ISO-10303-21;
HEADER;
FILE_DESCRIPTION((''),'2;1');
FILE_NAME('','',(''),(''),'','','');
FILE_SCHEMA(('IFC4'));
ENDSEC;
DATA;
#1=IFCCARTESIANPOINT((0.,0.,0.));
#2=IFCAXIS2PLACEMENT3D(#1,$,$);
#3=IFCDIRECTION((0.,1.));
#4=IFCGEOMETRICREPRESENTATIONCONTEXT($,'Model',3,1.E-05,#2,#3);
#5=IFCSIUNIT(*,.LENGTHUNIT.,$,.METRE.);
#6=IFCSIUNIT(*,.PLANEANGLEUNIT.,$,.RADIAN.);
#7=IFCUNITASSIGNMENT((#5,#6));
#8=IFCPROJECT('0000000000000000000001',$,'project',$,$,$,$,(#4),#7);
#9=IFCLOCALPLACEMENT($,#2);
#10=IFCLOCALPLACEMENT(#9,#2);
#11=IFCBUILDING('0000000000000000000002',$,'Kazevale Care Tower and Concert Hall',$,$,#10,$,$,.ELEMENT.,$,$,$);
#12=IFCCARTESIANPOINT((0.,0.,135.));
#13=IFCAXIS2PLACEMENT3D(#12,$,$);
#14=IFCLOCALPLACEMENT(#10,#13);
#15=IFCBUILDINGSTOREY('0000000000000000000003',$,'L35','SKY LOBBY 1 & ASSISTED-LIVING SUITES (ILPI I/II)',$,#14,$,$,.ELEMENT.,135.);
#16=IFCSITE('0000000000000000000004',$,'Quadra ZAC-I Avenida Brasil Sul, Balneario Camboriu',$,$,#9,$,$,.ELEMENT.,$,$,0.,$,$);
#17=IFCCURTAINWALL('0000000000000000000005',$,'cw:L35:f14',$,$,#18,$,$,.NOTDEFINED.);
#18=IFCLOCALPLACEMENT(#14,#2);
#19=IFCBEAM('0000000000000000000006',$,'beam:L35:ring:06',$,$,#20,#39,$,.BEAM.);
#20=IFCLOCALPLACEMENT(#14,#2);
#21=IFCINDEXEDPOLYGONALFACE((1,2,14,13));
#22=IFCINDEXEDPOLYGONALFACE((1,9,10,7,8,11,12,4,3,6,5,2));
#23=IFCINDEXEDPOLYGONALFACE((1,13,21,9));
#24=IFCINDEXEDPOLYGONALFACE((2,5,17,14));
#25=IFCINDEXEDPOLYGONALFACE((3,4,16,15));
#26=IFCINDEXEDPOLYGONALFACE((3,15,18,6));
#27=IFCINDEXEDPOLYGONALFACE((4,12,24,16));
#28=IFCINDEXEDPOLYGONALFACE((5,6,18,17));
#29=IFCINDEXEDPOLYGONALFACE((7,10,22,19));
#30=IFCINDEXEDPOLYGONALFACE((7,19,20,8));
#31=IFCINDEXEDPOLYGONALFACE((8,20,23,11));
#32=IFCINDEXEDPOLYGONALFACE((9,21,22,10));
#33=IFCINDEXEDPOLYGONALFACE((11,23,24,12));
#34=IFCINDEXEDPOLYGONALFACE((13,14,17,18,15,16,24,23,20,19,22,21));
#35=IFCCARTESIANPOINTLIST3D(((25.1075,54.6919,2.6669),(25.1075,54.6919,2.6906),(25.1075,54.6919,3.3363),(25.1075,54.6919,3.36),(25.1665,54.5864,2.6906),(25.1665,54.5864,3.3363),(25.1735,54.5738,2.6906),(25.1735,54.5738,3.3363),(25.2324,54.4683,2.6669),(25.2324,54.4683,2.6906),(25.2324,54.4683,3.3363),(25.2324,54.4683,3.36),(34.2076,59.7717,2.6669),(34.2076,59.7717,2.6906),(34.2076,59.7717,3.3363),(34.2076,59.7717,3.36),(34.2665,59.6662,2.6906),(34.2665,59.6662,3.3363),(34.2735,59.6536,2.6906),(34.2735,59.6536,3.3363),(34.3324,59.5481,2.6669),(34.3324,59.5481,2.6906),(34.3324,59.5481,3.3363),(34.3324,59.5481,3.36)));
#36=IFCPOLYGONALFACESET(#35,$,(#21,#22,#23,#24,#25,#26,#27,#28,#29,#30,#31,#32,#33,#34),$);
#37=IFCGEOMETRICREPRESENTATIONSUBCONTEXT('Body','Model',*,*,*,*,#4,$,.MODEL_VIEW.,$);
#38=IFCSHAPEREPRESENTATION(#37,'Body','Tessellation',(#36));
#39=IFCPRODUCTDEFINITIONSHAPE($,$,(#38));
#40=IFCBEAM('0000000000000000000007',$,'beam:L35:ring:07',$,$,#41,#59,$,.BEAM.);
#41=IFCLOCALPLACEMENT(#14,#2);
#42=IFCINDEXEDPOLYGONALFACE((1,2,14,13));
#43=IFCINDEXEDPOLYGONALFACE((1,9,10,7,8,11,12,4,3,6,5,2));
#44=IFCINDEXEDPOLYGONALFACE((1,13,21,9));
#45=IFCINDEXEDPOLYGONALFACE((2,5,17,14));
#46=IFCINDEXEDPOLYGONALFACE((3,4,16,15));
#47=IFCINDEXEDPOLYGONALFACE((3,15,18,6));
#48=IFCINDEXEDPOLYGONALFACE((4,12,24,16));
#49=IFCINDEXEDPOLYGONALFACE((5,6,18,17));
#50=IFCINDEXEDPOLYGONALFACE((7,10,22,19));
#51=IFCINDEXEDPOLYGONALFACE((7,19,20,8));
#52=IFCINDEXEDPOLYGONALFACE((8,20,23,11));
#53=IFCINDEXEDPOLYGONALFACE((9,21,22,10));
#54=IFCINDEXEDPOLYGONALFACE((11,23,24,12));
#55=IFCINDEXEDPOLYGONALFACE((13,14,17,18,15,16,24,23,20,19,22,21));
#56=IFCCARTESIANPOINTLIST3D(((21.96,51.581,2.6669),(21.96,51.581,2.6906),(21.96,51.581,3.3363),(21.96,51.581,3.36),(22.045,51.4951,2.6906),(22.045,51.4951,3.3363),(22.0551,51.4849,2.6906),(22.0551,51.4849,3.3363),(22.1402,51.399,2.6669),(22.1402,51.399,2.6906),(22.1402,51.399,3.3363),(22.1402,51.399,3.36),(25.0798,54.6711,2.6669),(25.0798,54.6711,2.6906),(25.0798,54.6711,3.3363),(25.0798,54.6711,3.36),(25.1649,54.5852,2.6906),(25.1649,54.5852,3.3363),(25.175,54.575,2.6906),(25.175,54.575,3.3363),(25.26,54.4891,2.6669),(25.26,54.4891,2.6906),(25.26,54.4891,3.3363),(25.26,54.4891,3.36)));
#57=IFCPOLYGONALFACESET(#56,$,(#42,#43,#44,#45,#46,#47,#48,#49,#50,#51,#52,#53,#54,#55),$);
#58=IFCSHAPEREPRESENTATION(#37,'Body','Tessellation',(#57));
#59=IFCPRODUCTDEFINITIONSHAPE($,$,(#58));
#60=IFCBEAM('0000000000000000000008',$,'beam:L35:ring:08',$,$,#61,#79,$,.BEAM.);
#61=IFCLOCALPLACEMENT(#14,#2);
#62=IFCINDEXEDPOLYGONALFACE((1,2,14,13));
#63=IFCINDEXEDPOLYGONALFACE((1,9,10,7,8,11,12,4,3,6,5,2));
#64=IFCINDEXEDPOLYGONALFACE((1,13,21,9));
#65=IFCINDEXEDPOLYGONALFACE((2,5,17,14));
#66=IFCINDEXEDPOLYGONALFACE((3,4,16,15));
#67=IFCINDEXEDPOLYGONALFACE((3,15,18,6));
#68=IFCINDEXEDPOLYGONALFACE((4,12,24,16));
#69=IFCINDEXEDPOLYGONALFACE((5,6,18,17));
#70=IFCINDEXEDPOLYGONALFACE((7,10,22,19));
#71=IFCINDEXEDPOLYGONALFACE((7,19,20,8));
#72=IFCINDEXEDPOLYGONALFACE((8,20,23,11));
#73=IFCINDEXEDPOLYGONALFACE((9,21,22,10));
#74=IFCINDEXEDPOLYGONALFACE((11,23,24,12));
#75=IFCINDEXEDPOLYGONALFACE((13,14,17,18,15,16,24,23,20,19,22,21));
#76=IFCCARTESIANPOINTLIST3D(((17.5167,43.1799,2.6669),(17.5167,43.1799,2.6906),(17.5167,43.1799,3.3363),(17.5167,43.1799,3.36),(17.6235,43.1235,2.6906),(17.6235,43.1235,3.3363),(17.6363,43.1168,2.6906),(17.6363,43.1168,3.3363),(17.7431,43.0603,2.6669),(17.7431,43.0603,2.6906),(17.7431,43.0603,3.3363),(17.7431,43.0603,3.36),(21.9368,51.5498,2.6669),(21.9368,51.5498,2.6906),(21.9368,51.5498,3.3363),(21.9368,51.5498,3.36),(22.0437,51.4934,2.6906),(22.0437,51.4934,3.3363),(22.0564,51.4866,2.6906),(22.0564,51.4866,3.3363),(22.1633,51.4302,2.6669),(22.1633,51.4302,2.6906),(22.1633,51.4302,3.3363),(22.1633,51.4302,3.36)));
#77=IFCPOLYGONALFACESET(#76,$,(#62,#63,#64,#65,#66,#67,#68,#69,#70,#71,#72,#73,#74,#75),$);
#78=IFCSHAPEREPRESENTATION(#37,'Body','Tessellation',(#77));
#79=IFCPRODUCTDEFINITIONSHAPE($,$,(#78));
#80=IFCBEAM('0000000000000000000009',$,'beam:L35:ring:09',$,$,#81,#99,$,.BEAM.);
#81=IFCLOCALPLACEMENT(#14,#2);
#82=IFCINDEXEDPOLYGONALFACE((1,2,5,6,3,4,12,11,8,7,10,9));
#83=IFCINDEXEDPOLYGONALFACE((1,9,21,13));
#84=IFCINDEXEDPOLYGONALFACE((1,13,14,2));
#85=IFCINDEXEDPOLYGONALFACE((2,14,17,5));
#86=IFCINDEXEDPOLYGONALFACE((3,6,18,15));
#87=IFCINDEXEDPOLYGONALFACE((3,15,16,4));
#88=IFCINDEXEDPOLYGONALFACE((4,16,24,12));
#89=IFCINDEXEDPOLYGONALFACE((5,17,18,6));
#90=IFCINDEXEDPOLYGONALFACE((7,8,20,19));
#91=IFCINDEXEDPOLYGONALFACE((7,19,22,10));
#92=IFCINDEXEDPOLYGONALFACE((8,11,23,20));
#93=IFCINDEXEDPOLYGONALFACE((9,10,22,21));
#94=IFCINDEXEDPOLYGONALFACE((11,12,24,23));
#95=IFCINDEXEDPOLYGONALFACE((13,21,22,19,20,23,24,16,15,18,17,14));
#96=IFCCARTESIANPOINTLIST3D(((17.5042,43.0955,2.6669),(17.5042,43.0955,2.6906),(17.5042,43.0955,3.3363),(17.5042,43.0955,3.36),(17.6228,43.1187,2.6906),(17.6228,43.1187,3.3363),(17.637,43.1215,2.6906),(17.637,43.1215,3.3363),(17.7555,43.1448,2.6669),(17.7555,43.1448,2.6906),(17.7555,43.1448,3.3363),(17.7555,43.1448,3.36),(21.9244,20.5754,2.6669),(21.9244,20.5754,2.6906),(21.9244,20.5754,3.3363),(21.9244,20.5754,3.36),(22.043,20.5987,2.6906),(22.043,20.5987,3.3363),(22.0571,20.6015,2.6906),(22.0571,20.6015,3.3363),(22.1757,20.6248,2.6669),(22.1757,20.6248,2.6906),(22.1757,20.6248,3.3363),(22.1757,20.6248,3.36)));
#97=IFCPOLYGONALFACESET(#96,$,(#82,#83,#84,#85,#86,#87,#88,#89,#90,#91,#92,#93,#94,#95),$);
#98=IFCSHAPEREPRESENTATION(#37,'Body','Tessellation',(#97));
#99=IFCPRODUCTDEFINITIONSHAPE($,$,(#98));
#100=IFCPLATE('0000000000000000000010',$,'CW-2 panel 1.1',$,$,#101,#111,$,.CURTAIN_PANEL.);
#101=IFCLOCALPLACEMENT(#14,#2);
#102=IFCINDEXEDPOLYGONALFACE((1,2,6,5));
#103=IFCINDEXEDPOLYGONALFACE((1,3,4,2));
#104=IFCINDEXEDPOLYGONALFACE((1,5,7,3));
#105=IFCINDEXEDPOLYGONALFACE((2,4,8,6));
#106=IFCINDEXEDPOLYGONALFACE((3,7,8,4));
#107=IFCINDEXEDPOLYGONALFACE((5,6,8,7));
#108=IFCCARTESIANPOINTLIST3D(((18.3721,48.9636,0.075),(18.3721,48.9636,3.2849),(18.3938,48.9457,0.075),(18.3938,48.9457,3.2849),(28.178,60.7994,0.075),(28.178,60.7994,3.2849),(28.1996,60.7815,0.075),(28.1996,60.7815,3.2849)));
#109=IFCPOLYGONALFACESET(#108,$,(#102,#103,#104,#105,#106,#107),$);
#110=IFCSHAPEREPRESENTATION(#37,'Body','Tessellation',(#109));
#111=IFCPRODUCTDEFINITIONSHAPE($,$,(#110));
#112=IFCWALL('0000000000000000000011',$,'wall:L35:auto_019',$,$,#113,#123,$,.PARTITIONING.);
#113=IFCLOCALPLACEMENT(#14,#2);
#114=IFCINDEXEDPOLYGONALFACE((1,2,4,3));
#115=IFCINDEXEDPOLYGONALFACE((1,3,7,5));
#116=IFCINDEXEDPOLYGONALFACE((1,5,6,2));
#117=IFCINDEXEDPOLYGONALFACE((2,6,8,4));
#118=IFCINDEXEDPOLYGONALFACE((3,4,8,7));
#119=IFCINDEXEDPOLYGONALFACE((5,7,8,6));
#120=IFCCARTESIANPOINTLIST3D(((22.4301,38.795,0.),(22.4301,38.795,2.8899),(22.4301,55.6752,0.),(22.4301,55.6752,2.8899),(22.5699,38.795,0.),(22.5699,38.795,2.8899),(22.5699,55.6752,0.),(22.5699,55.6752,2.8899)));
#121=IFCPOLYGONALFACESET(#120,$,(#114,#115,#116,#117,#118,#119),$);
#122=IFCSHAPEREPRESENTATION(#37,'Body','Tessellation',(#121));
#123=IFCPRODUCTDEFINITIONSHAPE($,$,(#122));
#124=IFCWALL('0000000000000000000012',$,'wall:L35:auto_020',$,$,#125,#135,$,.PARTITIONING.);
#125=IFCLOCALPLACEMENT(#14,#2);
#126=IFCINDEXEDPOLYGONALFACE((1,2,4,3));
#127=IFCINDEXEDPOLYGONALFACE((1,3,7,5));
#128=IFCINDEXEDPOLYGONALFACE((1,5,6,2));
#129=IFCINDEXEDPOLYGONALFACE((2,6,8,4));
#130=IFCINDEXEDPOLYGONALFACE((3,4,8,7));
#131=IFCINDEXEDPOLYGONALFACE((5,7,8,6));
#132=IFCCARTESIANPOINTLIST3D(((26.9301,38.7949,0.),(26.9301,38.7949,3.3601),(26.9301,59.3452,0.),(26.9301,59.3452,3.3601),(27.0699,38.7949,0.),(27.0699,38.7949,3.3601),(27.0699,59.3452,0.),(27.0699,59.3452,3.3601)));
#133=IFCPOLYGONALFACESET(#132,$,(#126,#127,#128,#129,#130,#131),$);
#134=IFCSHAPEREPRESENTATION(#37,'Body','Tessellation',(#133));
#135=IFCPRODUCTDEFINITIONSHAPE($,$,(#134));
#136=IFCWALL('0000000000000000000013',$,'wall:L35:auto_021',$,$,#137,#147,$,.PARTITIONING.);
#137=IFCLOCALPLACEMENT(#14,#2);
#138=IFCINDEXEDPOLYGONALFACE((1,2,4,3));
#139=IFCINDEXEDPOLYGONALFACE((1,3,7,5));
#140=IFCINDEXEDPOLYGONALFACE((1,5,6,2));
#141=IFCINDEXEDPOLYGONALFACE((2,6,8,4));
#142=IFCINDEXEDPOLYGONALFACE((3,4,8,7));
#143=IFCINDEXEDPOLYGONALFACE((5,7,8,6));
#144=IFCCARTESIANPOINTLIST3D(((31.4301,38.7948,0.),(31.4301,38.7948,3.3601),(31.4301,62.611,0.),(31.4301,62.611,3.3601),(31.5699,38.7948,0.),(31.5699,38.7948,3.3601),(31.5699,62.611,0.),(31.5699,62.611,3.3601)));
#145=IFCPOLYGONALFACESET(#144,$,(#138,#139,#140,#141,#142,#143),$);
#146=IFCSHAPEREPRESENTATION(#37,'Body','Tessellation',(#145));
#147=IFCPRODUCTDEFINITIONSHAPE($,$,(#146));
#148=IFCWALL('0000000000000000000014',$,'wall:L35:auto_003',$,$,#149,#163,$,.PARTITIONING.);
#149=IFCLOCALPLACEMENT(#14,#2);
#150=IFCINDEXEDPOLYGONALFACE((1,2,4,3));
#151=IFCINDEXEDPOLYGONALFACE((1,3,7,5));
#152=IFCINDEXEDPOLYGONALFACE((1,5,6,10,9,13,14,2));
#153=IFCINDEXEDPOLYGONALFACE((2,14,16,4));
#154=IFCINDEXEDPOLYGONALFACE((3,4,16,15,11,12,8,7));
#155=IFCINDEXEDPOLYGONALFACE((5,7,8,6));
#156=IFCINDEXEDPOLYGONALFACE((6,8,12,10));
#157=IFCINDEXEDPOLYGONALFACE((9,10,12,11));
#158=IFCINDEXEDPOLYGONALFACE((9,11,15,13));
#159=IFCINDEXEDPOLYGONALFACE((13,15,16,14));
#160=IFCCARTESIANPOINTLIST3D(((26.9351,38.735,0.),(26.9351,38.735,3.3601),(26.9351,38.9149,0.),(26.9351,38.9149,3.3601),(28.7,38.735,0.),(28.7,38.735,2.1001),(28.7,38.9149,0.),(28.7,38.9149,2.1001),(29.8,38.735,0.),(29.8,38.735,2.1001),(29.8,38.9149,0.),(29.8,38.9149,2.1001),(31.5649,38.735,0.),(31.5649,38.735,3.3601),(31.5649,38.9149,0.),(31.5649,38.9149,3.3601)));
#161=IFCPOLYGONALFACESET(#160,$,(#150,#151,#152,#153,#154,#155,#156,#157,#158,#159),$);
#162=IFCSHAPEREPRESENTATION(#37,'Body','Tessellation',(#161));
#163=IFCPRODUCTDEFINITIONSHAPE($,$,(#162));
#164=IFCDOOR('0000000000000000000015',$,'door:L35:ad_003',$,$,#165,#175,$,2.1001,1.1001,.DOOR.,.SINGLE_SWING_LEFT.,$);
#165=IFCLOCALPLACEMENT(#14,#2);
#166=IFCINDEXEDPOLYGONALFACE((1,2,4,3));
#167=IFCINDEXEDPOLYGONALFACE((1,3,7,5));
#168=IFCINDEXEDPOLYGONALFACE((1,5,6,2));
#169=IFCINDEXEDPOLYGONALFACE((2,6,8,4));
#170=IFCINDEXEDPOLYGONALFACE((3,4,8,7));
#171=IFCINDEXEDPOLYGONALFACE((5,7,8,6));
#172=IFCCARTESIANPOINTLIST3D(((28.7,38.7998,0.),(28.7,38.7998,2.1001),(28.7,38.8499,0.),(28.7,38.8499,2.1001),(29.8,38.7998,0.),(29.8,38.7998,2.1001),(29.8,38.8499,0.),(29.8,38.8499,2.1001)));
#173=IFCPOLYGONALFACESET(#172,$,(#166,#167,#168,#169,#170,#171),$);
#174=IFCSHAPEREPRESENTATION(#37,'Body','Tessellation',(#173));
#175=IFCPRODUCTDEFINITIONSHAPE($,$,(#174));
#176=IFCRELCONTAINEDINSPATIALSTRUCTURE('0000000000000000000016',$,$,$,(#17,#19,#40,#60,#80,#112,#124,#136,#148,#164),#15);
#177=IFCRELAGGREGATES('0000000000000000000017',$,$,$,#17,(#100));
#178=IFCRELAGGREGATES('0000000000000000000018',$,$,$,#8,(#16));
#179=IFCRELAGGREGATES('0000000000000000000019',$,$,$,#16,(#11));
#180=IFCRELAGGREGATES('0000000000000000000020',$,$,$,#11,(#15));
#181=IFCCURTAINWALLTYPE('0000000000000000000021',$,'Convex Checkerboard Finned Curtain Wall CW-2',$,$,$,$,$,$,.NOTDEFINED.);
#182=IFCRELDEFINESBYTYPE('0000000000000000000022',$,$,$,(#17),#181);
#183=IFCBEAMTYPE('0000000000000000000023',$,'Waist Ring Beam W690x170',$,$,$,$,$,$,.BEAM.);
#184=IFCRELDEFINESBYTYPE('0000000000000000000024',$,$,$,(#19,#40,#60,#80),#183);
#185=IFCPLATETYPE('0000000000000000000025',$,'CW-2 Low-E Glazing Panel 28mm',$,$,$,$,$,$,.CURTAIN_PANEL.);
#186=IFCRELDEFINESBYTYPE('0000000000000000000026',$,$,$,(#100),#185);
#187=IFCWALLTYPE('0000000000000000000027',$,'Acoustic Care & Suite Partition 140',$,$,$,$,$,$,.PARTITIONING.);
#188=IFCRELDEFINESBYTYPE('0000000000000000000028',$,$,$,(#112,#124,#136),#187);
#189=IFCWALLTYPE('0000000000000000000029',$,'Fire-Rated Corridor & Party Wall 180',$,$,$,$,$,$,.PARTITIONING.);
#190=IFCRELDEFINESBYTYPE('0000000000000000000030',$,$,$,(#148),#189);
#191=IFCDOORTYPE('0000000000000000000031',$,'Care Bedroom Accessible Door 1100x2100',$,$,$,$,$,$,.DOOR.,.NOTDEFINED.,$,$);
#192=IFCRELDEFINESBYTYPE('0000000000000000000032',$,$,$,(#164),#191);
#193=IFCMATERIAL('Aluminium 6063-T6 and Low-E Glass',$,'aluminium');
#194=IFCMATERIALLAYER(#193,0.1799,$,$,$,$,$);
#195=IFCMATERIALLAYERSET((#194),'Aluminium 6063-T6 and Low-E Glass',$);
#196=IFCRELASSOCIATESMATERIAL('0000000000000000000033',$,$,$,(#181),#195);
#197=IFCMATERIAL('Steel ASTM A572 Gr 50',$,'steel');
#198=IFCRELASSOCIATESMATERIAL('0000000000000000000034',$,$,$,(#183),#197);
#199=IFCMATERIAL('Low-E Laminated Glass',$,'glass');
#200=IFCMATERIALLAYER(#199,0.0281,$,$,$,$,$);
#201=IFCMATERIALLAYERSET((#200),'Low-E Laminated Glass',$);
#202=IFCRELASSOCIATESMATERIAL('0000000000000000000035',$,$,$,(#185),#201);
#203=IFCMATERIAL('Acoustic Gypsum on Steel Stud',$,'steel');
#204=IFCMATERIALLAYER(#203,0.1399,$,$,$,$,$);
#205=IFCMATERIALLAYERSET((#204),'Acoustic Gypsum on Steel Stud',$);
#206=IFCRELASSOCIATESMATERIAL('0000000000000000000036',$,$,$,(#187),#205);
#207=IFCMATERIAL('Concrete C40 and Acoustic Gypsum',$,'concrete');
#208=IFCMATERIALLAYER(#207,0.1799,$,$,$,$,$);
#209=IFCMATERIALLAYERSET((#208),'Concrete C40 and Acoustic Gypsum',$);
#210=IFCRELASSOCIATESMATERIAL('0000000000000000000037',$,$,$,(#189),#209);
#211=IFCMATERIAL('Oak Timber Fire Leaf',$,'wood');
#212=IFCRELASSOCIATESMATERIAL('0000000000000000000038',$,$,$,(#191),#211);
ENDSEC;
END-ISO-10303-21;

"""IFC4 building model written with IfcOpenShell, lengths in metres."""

from ifc_helpers import new_model, si_unit, direction, frame, frame_2d, origin, origin_2d, place, context, subcontext, project, spatial, rectangle, i_section, extrude, material, layer, layer_set, material_profile, profile_set, type_object, element, fill, aggregate, save


model = new_model("IFC4")

# Units and contexts
model_context = context("Model", 3, precision=1e-05, world=origin(), true_north=direction((0.0, 1.0)))
body_context = subcontext(model_context, "Body", "Model", "MODEL_VIEW")
ifc_project = project(units=[si_unit("LENGTHUNIT", "METRE"), si_unit("PLANEANGLEUNIT", "RADIAN")], contexts=[model_context])

# Site, building, storey
site_placement = place(None, origin())
site = spatial("IfcSite", under=ifc_project, at=site_placement, Name="Quadra ZAC-I Avenida Brasil Sul, Balneario Camboriu", CompositionType="ELEMENT", RefElevation=0.0)
building_placement = place(site_placement, origin())
building = spatial("IfcBuilding", under=site, at=building_placement, Name="Kazevale Care Tower and Concert Hall", CompositionType="ELEMENT")
storey_placement = place(building_placement, frame((0.0, 0.0, 135.0)))
storey = spatial("IfcBuildingStorey", under=building, at=storey_placement, Name="L35", Description="SKY LOBBY 1 & ASSISTED-LIVING SUITES (ILPI I/II)", CompositionType="ELEMENT", Elevation=135.0)

# Curtain wall
ifc_material_1 = material(Name="Aluminium 6063-T6 and Low-E Glass", Category="aluminium")
ifc_layer_1 = layer(ifc_material_1, 0.1799)
ifc_layer_set_1 = layer_set([ifc_layer_1], Name="Aluminium 6063-T6 and Low-E Glass")
curtain_wall_type_1 = type_object("IfcCurtainWallType", Name="Convex Checkerboard Finned Curtain Wall CW-2", PredefinedType="NOTDEFINED", material=ifc_layer_set_1)
curtain_wall_1_placement = place(storey_placement, origin())
curtain_wall_1 = element("IfcCurtainWall", 1, at=curtain_wall_1_placement, inside=storey, type_object=curtain_wall_type_1, Name="cw:L35:f14", PredefinedType="NOTDEFINED")

# Beams
ifc_material_2 = material(Name="Steel ASTM A572 Gr 50", Category="steel")
ifc_material_profile_1 = material_profile(ifc_material_2, i_section(OverallWidth=0.2561, OverallDepth=0.6931, WebThickness=0.0144, FlangeThickness=0.0237, at=origin_2d()), Name="W690x170")
ifc_profile_set_1 = profile_set([ifc_material_profile_1], Name="Steel ASTM A572 Gr 50")
beam_type_1 = type_object("IfcBeamType", Name="Waist Ring Beam W690x170", PredefinedType="BEAM", material=ifc_profile_set_1)
beam_1_placement = place(storey_placement, frame((34.27, 59.6599, 3.0134), z_axis=(-0.873169, -0.487418, 0.0), x_axis=(0.487418, -0.873169, 0.0)))
element("IfcBeam", 2, at=beam_1_placement, inside=storey, type_object=beam_type_1, Name="beam:L35:ring:06", PredefinedType="BEAM", context=body_context, shape_type="SweptSolid", body=[
    extrude(i_section(OverallWidth=0.2561, OverallDepth=0.6931, WebThickness=0.0144, FlangeThickness=0.0237, at=origin_2d()), origin(), (0.0, 0.0, 1.0), 10.4219),
])
beam_2_placement = place(storey_placement, frame((25.1699, 54.5801, 3.0134), z_axis=(-0.71049, -0.703707, 0.0), x_axis=(0.703707, -0.71049, 0.0)))
element("IfcBeam", 3, at=beam_2_placement, inside=storey, type_object=beam_type_1, Name="beam:L35:ring:07", PredefinedType="BEAM", context=body_context, shape_type="SweptSolid", body=[
    extrude(i_section(OverallWidth=0.2561, OverallDepth=0.6931, WebThickness=0.0144, FlangeThickness=0.0237, at=origin_2d()), origin(), (0.0, 0.0, 1.0), 4.3911),
])
beam_3_placement = place(storey_placement, frame((22.05, 51.49, 3.0134), z_axis=(-0.466984, -0.884266, 0.0), x_axis=(0.884266, -0.466984, 0.0)))
element("IfcBeam", 4, at=beam_3_placement, inside=storey, type_object=beam_type_1, Name="beam:L35:ring:08", PredefinedType="BEAM", context=body_context, shape_type="SweptSolid", body=[
    extrude(i_section(OverallWidth=0.2561, OverallDepth=0.6931, WebThickness=0.0144, FlangeThickness=0.0237, at=origin_2d()), origin(), (0.0, 0.0, 1.0), 9.4653),
])
beam_4_placement = place(storey_placement, frame((17.6299, 43.1201, 3.0134), z_axis=(0.192602, -0.981277, 0.0), x_axis=(0.981277, 0.192602, 0.0)))
element("IfcBeam", 5, at=beam_4_placement, inside=storey, type_object=beam_type_1, Name="beam:L35:ring:09", PredefinedType="BEAM", context=body_context, shape_type="SweptSolid", body=[
    extrude(i_section(OverallWidth=0.2561, OverallDepth=0.6931, WebThickness=0.0144, FlangeThickness=0.0237, at=origin_2d()), origin(), (0.0, 0.0, 1.0), 22.9497),
])

# Plate
ifc_material_3 = material(Name="Low-E Laminated Glass", Category="glass")
ifc_layer_2 = layer(ifc_material_3, 0.0281)
ifc_layer_set_2 = layer_set([ifc_layer_2], Name="Low-E Laminated Glass")
plate_type = type_object("IfcPlateType", Name="CW-2 Low-E Glazing Panel 28mm", PredefinedType="CURTAIN_PANEL", material=ifc_layer_set_2)
plate_placement = place(storey_placement, frame((23.2859, 54.8726, 0.075), z_axis=(0.0, 0.0, 1.0), x_axis=(0.637984, 0.77005, 0.0)))
plate = element("IfcPlate", 6, at=plate_placement, type_object=plate_type, Name="CW-2 panel 1.1", PredefinedType="CURTAIN_PANEL", context=body_context, shape_type="SweptSolid", body=[
    extrude(rectangle(XDim=15.3701, YDim=0.0281, at=origin_2d()), origin(), (0.0, 0.0, 1.0), 3.21),
])
aggregate(curtain_wall_1, [plate])

# Walls
ifc_material_4 = material(Name="Acoustic Gypsum on Steel Stud", Category="steel")
ifc_layer_3 = layer(ifc_material_4, 0.1399)
ifc_layer_set_3 = layer_set([ifc_layer_3], Name="Acoustic Gypsum on Steel Stud")
wall_type_1 = type_object("IfcWallType", Name="Acoustic Care & Suite Partition 140", PredefinedType="PARTITIONING", material=ifc_layer_set_3)
wall_1_placement = place(storey_placement, frame((22.5, 55.675, 0.0), z_axis=(0.0, 0.0, 1.0), x_axis=(0.0, -1.0, 0.0)))
element("IfcWall", 7, at=wall_1_placement, inside=storey, type_object=wall_type_1, Name="wall:L35:auto_019", PredefinedType="PARTITIONING", context=body_context, shape_type="SweptSolid", body=[
    extrude(rectangle(XDim=16.8801, YDim=0.1399, at=frame_2d((8.4399, 0.0))), origin(), (0.0, 0.0, 1.0), 2.8899),
])
wall_2_placement = place(storey_placement, frame((27.0, 59.3452, 0.0), z_axis=(0.0, 0.0, 1.0), x_axis=(0.0, -1.0, 0.0)))
element("IfcWall", 8, at=wall_2_placement, inside=storey, type_object=wall_type_1, Name="wall:L35:auto_020", PredefinedType="PARTITIONING", context=body_context, shape_type="SweptSolid", body=[
    extrude(rectangle(XDim=20.5503, YDim=0.1399, at=frame_2d((10.2751, 0.0))), origin(), (0.0, 0.0, 1.0), 3.3601),
])
wall_3_placement = place(storey_placement, frame((31.5, 62.6111, 0.0), z_axis=(0.0, 0.0, 1.0), x_axis=(0.0, -1.0, 0.0)))
element("IfcWall", 9, at=wall_3_placement, inside=storey, type_object=wall_type_1, Name="wall:L35:auto_021", PredefinedType="PARTITIONING", context=body_context, shape_type="SweptSolid", body=[
    extrude(rectangle(XDim=23.8162, YDim=0.1399, at=frame_2d((11.9082, 0.0))), origin(), (0.0, 0.0, 1.0), 3.3601),
])

# Wall, opening, door
ifc_material_5 = material(Name="Concrete C40 and Acoustic Gypsum", Category="concrete")
ifc_layer_4 = layer(ifc_material_5, 0.1799)
ifc_layer_set_4 = layer_set([ifc_layer_4], Name="Concrete C40 and Acoustic Gypsum")
wall_type_2 = type_object("IfcWallType", Name="Fire-Rated Corridor & Party Wall 180", PredefinedType="PARTITIONING", material=ifc_layer_set_4)
wall_4_placement = place(storey_placement, frame((26.9351, 38.825, 0.0), z_axis=(0.0, 0.0, 1.0), x_axis=(1.0, 0.0, 0.0)))
wall_4 = element("IfcWall", 10, at=wall_4_placement, inside=storey, type_object=wall_type_2, Name="wall:L35:auto_003", PredefinedType="PARTITIONING", context=body_context, shape_type="SweptSolid", body=[
    extrude(rectangle(XDim=4.6299, YDim=0.1799, at=frame_2d((2.3149, 0.0))), origin(), (0.0, 0.0, 1.0), 3.3601),
])
opening_1_placement = place(wall_4_placement, frame((1.7649, 0.0, 0.0)))
opening_1 = element("IfcOpeningElement", 11, at=opening_1_placement, cuts=wall_4, PredefinedType="OPENING", context=body_context, shape_type="SweptSolid", body=[
    extrude(rectangle(XDim=1.1001, YDim=2.1001, at=frame_2d((0.55, 1.05))), frame((0.0, 0.0999, 0.0), z_axis=(0.0, -1.0, 0.0), x_axis=(1.0, 0.0, 0.0)), (0.0, 0.0, 1.0), 0.2),
])
ifc_material_6 = material(Name="Oak Timber Fire Leaf", Category="wood")
door_type_1 = type_object("IfcDoorType", Name="Care Bedroom Accessible Door 1100x2100", OperationType="NOTDEFINED", PredefinedType="DOOR", material=ifc_material_6)
door_1_placement = place(opening_1_placement, origin())
door_1 = element("IfcDoor", 12, at=door_1_placement, inside=storey, type_object=door_type_1, Name="door:L35:ad_003", OperationType="SINGLE_SWING_LEFT", OverallHeight=2.1001, OverallWidth=1.1001, PredefinedType="DOOR", context=body_context, shape_type="SweptSolid", body=[
    extrude(rectangle(XDim=1.1001, YDim=2.1001, at=frame_2d((0.55, 1.05))), frame((0.0, 0.0249, 0.0), z_axis=(0.0, -1.0, 0.0), x_axis=(1.0, 0.0, 0.0)), (0.0, 0.0, 1.0), 0.05),
])
fill(opening_1, door_1)

save(model, "model.ifc")
